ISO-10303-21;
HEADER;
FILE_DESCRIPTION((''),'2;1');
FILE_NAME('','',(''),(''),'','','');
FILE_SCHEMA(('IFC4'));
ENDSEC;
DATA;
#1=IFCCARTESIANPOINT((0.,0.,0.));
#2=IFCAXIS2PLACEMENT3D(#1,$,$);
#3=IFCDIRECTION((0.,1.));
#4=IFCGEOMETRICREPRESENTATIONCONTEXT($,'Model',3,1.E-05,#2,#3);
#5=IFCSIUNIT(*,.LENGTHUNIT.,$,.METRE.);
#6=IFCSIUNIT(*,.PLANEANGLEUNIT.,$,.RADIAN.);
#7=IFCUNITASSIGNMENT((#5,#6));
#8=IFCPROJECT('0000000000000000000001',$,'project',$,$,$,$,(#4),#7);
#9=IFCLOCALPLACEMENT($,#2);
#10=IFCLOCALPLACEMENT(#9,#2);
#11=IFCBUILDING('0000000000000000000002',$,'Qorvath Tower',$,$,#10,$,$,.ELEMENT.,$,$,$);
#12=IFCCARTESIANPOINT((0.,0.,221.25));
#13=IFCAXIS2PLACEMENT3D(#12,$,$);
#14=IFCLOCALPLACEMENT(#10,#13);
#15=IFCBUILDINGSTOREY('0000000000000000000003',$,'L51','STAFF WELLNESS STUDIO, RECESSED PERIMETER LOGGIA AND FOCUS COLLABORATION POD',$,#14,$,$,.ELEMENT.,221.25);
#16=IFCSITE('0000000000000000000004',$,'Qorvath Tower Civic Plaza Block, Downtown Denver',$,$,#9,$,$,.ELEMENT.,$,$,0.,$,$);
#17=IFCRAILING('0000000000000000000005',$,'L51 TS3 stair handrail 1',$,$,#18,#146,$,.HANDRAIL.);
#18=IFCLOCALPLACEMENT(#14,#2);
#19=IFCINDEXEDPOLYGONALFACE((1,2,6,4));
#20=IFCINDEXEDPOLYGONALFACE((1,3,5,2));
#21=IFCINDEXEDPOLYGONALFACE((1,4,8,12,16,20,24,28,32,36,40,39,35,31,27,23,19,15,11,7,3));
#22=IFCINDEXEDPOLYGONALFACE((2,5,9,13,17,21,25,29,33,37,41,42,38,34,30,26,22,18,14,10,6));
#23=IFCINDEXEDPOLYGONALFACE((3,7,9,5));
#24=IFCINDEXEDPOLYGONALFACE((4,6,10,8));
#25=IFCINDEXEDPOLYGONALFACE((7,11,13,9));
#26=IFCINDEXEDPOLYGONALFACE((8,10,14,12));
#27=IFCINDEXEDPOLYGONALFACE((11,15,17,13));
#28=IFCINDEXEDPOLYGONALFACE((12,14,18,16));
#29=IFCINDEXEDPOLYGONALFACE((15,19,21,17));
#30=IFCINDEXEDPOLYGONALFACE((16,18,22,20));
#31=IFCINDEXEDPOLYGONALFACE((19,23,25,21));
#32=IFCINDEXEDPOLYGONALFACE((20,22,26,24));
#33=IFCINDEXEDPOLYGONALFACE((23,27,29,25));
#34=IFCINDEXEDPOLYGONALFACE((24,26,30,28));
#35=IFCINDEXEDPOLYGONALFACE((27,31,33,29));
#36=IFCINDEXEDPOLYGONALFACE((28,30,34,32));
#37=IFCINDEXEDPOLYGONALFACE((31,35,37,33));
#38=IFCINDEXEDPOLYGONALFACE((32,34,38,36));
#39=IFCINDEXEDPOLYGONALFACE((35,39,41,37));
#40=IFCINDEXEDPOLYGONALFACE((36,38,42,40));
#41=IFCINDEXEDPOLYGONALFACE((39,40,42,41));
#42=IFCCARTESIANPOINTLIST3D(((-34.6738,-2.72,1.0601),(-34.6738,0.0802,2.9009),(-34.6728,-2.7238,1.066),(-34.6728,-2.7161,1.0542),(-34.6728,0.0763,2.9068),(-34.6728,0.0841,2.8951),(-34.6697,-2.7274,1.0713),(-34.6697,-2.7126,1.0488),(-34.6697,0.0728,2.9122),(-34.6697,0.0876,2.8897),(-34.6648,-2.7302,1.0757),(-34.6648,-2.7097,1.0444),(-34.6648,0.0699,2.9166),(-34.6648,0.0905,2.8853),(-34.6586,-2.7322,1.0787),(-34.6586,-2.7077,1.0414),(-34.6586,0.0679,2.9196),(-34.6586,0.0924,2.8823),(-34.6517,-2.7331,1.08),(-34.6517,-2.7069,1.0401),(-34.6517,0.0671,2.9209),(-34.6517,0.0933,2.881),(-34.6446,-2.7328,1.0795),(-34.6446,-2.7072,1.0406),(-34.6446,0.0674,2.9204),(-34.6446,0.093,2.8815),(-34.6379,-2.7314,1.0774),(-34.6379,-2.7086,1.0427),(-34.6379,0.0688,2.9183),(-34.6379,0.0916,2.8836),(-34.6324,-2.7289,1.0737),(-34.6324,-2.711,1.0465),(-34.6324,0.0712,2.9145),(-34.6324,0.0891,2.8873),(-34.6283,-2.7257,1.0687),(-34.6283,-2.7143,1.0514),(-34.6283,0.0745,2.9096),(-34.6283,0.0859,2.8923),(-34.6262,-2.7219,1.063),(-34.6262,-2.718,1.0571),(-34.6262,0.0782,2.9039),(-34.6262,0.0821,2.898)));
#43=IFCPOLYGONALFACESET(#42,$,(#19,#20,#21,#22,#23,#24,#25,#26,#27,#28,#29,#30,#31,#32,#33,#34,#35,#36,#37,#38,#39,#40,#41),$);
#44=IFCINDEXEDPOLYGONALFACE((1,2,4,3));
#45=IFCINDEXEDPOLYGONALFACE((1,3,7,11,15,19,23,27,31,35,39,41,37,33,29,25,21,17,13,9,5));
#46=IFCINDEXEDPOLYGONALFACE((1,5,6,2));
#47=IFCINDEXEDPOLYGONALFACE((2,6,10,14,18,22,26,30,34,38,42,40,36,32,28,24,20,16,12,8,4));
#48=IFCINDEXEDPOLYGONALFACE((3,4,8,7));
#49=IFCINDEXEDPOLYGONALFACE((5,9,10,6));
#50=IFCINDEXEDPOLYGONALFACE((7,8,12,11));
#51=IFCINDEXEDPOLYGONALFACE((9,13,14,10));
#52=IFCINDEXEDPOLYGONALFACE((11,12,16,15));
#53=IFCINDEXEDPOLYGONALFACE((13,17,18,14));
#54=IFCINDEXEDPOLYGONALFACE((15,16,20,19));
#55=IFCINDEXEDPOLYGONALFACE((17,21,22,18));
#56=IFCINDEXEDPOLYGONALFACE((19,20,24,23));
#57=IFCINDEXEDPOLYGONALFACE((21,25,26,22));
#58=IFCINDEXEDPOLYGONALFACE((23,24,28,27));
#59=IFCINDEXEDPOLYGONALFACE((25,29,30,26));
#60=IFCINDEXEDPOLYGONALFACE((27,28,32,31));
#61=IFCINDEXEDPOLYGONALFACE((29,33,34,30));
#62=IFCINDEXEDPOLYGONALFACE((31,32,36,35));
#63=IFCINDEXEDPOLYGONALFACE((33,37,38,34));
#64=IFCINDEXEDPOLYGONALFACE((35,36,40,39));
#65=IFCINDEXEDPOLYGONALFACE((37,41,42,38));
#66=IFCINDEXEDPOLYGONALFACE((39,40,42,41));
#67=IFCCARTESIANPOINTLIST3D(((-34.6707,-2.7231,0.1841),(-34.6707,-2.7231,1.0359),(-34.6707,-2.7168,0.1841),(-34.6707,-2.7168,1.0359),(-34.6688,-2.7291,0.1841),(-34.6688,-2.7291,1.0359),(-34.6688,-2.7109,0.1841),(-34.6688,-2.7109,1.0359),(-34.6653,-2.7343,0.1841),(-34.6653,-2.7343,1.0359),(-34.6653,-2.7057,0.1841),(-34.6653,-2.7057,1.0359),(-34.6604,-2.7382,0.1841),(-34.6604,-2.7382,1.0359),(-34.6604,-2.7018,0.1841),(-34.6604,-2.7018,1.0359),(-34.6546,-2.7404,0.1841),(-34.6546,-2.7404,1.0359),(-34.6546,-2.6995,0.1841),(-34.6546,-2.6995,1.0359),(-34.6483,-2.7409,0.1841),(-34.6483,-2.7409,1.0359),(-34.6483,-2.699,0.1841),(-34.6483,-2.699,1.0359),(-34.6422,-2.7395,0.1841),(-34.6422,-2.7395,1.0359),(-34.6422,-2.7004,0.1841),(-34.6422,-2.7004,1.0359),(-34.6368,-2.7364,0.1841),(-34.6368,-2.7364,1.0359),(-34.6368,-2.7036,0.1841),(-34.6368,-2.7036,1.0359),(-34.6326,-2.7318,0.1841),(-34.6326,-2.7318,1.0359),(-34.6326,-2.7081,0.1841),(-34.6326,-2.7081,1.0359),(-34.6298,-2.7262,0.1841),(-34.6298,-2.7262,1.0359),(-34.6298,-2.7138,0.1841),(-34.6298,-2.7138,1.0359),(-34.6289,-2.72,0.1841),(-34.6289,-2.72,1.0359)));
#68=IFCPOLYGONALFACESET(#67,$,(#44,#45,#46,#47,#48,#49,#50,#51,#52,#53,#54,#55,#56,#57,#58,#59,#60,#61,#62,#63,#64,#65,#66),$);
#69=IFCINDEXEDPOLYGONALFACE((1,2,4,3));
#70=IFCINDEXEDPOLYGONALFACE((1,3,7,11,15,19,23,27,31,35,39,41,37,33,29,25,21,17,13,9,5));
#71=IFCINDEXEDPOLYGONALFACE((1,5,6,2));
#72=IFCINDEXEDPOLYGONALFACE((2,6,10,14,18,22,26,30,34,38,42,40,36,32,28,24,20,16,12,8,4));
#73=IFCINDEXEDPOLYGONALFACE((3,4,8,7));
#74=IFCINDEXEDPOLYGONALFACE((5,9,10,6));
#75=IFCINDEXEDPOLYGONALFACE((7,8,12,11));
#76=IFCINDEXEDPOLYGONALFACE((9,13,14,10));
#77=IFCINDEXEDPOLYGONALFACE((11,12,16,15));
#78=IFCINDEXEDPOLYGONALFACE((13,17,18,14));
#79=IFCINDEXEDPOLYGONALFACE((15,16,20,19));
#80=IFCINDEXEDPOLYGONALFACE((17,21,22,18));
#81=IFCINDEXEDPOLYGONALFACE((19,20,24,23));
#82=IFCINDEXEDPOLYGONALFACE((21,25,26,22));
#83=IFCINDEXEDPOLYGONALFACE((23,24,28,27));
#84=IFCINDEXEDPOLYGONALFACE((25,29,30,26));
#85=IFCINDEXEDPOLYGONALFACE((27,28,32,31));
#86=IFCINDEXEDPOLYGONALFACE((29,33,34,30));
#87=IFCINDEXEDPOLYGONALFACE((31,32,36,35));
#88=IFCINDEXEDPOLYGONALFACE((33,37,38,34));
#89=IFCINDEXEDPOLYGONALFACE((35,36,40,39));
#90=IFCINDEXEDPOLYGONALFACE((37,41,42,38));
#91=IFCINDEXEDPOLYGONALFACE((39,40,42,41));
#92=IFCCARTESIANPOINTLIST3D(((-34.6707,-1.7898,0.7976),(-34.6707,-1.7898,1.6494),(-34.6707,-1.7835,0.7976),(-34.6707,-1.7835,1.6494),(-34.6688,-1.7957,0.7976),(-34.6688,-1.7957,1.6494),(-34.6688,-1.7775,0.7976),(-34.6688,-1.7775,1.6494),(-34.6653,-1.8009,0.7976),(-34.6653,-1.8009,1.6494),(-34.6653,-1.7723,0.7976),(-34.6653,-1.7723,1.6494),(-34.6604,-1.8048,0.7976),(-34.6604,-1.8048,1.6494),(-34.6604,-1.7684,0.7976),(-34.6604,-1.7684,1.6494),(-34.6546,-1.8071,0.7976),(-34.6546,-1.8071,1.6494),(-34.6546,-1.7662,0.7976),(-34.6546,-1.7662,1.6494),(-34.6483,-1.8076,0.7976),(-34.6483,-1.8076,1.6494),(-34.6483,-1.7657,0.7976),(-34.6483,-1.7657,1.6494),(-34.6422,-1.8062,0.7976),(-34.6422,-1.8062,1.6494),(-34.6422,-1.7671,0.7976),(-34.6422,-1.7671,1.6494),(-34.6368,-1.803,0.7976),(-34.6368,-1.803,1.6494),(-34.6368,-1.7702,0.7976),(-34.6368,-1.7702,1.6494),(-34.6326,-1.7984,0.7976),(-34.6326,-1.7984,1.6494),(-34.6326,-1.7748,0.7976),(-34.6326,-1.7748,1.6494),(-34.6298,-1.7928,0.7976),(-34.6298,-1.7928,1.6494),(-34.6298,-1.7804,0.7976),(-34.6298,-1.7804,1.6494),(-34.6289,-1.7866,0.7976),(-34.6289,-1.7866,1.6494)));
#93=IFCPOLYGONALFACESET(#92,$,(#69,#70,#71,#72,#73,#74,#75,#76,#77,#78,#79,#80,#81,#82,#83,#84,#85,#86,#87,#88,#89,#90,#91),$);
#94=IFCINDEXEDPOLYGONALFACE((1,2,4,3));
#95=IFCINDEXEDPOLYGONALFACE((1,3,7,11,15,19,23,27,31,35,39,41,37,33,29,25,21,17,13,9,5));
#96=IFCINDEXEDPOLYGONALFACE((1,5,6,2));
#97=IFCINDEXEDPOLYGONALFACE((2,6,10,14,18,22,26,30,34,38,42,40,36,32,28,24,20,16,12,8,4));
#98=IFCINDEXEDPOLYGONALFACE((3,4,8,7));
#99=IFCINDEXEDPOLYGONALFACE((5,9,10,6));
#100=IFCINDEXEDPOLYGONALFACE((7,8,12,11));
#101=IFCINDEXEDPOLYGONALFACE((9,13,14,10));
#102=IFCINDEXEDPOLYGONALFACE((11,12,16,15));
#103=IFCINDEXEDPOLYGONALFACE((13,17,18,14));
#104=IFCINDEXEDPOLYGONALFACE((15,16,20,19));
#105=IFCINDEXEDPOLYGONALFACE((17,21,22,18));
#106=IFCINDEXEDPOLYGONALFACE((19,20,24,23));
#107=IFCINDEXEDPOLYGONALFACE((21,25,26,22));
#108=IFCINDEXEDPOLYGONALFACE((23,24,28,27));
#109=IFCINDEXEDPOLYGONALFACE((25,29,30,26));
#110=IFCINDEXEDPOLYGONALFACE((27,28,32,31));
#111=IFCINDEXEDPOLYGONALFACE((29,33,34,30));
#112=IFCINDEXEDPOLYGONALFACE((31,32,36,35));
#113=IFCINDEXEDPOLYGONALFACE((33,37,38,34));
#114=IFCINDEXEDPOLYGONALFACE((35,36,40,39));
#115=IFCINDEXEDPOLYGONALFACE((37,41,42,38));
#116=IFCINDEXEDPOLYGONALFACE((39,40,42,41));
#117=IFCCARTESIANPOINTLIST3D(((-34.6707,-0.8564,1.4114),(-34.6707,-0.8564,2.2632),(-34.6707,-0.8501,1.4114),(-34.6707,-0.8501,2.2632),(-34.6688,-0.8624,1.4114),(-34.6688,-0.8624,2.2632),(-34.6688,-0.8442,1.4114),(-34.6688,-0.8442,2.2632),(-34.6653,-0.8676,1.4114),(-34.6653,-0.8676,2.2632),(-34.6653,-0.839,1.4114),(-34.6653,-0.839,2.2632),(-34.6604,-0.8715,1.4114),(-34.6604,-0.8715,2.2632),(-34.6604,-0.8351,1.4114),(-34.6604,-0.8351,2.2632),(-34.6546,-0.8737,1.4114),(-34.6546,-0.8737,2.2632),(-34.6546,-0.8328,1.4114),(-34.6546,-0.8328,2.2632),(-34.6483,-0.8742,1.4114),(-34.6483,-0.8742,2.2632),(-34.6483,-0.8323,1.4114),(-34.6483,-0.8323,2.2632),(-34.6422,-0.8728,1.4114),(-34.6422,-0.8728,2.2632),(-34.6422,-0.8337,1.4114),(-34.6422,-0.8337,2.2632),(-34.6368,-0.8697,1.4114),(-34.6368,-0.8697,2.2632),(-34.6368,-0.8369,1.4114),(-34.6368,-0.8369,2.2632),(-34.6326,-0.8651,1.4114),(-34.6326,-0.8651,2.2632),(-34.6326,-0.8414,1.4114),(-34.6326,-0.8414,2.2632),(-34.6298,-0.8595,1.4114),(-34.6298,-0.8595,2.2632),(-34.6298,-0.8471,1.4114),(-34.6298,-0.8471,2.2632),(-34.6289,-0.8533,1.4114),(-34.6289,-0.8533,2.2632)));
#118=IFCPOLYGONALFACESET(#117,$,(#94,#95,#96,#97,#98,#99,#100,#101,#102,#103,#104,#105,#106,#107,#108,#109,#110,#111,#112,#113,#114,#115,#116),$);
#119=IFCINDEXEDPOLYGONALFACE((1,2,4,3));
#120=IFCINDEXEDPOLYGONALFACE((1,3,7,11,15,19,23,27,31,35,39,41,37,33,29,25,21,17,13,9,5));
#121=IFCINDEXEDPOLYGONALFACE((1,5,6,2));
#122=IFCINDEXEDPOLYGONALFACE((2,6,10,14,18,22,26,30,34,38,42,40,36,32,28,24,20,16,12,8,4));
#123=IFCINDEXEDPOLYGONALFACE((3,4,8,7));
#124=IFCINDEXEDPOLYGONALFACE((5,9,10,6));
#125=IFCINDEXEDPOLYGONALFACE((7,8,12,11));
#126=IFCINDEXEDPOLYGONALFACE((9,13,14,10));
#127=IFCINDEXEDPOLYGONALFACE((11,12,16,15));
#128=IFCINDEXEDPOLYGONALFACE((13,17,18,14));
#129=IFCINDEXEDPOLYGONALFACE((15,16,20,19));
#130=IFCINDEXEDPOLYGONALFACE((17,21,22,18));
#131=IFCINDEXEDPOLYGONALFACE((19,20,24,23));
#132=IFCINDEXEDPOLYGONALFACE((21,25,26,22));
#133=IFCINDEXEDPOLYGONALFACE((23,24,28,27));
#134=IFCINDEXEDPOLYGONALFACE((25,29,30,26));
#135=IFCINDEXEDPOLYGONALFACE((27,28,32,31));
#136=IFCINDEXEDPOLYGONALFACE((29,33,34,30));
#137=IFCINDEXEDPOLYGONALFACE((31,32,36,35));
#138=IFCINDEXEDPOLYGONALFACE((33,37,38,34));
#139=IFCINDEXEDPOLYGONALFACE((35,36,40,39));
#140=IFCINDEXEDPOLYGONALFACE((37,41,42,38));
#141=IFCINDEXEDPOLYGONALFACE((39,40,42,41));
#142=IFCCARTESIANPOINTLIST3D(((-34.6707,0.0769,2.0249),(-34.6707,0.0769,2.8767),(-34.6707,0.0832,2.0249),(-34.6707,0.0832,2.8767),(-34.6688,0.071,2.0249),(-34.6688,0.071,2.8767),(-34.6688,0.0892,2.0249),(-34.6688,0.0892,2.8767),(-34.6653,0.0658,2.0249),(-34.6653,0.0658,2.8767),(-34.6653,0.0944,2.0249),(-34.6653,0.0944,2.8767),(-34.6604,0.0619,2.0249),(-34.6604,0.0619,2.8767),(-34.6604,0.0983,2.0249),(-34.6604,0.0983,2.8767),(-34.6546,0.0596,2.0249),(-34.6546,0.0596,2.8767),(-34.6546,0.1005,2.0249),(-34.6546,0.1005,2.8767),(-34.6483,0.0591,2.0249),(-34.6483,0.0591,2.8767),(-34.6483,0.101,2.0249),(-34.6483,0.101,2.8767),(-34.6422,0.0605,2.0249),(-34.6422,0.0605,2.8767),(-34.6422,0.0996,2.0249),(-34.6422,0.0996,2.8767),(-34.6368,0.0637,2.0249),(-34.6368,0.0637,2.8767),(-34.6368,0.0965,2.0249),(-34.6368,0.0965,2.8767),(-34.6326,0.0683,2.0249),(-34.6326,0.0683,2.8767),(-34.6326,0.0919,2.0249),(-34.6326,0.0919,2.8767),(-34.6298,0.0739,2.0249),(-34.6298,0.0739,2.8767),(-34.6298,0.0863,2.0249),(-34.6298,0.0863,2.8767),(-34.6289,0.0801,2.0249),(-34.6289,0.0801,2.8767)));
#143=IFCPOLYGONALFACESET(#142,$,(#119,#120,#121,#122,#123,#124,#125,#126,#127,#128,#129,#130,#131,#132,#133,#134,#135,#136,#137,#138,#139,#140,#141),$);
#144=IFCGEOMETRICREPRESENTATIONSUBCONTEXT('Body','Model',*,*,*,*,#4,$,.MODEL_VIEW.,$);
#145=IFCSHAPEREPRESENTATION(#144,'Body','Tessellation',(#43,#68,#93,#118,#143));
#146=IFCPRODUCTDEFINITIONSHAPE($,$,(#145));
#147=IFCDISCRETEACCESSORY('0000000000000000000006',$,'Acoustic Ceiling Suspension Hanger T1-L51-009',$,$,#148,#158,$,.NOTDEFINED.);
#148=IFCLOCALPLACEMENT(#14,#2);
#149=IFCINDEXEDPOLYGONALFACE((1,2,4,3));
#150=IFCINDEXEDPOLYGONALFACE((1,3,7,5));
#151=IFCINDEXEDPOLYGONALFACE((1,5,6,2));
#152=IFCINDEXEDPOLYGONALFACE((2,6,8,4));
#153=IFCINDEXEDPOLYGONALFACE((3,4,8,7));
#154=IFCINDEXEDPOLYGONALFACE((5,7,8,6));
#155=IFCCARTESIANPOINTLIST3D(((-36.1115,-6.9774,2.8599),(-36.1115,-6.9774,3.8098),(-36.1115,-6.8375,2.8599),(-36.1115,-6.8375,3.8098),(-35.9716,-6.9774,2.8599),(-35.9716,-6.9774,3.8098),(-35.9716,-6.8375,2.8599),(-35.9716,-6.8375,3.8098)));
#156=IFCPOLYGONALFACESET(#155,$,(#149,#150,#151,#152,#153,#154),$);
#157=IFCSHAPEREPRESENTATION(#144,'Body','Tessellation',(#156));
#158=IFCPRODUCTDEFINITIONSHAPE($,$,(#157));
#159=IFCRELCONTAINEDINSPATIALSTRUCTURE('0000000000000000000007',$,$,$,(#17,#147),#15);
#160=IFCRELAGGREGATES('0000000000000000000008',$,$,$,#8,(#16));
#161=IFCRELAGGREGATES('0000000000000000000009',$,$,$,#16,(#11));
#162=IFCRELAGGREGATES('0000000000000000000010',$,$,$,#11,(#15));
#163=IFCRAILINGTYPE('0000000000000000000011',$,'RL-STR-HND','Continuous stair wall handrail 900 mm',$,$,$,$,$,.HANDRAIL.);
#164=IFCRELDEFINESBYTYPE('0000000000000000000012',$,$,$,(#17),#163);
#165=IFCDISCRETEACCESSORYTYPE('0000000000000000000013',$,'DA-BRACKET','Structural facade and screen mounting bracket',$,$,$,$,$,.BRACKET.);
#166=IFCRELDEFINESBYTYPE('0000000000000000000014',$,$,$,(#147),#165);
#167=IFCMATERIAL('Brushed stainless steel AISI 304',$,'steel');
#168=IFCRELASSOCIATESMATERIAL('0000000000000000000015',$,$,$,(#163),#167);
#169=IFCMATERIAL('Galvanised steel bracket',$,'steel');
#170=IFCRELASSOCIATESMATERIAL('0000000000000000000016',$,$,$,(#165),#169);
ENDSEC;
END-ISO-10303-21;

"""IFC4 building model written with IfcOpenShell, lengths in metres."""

from ifc_helpers import new_model, si_unit, direction, frame, origin, origin_2d, place, context, subcontext, project, spatial, rectangle, circle, extrude, material, type_object, element, save


model = new_model("IFC4")

# Units and contexts
model_context = context("Model", 3, precision=1e-05, world=origin(), true_north=direction((0.0, 1.0)))
body_context = subcontext(model_context, "Body", "Model", "MODEL_VIEW")
ifc_project = project(units=[si_unit("LENGTHUNIT", "METRE"), si_unit("PLANEANGLEUNIT", "RADIAN")], contexts=[model_context])

# Site, building, storey
site_placement = place(None, origin())
site = spatial("IfcSite", under=ifc_project, at=site_placement, Name="Qorvath Tower Civic Plaza Block, Downtown Denver", CompositionType="ELEMENT", RefElevation=0.0)
building_placement = place(site_placement, origin())
building = spatial("IfcBuilding", under=site, at=building_placement, Name="Qorvath Tower", CompositionType="ELEMENT")
storey_placement = place(building_placement, frame((0.0, 0.0, 221.25)))
storey = spatial("IfcBuildingStorey", under=building, at=storey_placement, Name="L51", Description="STAFF WELLNESS STUDIO, RECESSED PERIMETER LOGGIA AND FOCUS COLLABORATION POD", CompositionType="ELEMENT", Elevation=221.25)

# Railing
ifc_material_1 = material(Name="Brushed stainless steel AISI 304", Category="steel")
railing_type_1 = type_object("IfcRailingType", Name="RL-STR-HND", Description="Continuous stair wall handrail 900 mm", PredefinedType="HANDRAIL", material=ifc_material_1)
railing_1_placement = place(storey_placement, frame((-34.6499, -2.72, 0.1841)))
element("IfcRailing", 1, at=railing_1_placement, inside=storey, type_object=railing_type_1, Name="L51 TS3 stair handrail 1", PredefinedType="HANDRAIL", context=body_context, shape_type="SweptSolid", body=[
    extrude(circle(Radius=0.0239, at=origin_2d()), frame((0.0, 0.0, 0.876), z_axis=(0.0, 0.835598, 0.549342), x_axis=(-1.0, 0.0, 0.0)), (0.0, 0.0, 1.0), 3.3511),
    extrude(circle(Radius=0.021, at=origin_2d()), origin(), (0.0, 0.0, 1.0), 0.8518),
    extrude(circle(Radius=0.021, at=origin_2d()), frame((0.0, 0.9333, 0.6135)), (0.0, 0.0, 1.0), 0.8518),
    extrude(circle(Radius=0.021, at=origin_2d()), frame((0.0, 1.8667, 1.2273)), (0.0, 0.0, 1.0), 0.8518),
    extrude(circle(Radius=0.021, at=origin_2d()), frame((0.0, 2.8, 1.8408)), (0.0, 0.0, 1.0), 0.8518),
])

# Discrete accessory
ifc_material_2 = material(Name="Galvanised steel bracket", Category="steel")
discrete_accessory_type = type_object("IfcDiscreteAccessoryType", Name="DA-BRACKET", Description="Structural facade and screen mounting bracket", PredefinedType="BRACKET", material=ifc_material_2)
discrete_accessory_placement = place(storey_placement, frame((-36.0415, -6.9075, 2.8599), z_axis=(0.0, 0.0, 1.0), x_axis=(1.0, 0.0, 0.0)))
element("IfcDiscreteAccessory", 2, at=discrete_accessory_placement, inside=storey, type_object=discrete_accessory_type, Name="Acoustic Ceiling Suspension Hanger T1-L51-009", PredefinedType="NOTDEFINED", context=body_context, shape_type="SweptSolid", body=[
    extrude(rectangle(XDim=0.1399, YDim=0.1399, at=origin_2d()), origin(), (0.0, 0.0, 1.0), 0.95),
])

save(model, "model.ifc")
